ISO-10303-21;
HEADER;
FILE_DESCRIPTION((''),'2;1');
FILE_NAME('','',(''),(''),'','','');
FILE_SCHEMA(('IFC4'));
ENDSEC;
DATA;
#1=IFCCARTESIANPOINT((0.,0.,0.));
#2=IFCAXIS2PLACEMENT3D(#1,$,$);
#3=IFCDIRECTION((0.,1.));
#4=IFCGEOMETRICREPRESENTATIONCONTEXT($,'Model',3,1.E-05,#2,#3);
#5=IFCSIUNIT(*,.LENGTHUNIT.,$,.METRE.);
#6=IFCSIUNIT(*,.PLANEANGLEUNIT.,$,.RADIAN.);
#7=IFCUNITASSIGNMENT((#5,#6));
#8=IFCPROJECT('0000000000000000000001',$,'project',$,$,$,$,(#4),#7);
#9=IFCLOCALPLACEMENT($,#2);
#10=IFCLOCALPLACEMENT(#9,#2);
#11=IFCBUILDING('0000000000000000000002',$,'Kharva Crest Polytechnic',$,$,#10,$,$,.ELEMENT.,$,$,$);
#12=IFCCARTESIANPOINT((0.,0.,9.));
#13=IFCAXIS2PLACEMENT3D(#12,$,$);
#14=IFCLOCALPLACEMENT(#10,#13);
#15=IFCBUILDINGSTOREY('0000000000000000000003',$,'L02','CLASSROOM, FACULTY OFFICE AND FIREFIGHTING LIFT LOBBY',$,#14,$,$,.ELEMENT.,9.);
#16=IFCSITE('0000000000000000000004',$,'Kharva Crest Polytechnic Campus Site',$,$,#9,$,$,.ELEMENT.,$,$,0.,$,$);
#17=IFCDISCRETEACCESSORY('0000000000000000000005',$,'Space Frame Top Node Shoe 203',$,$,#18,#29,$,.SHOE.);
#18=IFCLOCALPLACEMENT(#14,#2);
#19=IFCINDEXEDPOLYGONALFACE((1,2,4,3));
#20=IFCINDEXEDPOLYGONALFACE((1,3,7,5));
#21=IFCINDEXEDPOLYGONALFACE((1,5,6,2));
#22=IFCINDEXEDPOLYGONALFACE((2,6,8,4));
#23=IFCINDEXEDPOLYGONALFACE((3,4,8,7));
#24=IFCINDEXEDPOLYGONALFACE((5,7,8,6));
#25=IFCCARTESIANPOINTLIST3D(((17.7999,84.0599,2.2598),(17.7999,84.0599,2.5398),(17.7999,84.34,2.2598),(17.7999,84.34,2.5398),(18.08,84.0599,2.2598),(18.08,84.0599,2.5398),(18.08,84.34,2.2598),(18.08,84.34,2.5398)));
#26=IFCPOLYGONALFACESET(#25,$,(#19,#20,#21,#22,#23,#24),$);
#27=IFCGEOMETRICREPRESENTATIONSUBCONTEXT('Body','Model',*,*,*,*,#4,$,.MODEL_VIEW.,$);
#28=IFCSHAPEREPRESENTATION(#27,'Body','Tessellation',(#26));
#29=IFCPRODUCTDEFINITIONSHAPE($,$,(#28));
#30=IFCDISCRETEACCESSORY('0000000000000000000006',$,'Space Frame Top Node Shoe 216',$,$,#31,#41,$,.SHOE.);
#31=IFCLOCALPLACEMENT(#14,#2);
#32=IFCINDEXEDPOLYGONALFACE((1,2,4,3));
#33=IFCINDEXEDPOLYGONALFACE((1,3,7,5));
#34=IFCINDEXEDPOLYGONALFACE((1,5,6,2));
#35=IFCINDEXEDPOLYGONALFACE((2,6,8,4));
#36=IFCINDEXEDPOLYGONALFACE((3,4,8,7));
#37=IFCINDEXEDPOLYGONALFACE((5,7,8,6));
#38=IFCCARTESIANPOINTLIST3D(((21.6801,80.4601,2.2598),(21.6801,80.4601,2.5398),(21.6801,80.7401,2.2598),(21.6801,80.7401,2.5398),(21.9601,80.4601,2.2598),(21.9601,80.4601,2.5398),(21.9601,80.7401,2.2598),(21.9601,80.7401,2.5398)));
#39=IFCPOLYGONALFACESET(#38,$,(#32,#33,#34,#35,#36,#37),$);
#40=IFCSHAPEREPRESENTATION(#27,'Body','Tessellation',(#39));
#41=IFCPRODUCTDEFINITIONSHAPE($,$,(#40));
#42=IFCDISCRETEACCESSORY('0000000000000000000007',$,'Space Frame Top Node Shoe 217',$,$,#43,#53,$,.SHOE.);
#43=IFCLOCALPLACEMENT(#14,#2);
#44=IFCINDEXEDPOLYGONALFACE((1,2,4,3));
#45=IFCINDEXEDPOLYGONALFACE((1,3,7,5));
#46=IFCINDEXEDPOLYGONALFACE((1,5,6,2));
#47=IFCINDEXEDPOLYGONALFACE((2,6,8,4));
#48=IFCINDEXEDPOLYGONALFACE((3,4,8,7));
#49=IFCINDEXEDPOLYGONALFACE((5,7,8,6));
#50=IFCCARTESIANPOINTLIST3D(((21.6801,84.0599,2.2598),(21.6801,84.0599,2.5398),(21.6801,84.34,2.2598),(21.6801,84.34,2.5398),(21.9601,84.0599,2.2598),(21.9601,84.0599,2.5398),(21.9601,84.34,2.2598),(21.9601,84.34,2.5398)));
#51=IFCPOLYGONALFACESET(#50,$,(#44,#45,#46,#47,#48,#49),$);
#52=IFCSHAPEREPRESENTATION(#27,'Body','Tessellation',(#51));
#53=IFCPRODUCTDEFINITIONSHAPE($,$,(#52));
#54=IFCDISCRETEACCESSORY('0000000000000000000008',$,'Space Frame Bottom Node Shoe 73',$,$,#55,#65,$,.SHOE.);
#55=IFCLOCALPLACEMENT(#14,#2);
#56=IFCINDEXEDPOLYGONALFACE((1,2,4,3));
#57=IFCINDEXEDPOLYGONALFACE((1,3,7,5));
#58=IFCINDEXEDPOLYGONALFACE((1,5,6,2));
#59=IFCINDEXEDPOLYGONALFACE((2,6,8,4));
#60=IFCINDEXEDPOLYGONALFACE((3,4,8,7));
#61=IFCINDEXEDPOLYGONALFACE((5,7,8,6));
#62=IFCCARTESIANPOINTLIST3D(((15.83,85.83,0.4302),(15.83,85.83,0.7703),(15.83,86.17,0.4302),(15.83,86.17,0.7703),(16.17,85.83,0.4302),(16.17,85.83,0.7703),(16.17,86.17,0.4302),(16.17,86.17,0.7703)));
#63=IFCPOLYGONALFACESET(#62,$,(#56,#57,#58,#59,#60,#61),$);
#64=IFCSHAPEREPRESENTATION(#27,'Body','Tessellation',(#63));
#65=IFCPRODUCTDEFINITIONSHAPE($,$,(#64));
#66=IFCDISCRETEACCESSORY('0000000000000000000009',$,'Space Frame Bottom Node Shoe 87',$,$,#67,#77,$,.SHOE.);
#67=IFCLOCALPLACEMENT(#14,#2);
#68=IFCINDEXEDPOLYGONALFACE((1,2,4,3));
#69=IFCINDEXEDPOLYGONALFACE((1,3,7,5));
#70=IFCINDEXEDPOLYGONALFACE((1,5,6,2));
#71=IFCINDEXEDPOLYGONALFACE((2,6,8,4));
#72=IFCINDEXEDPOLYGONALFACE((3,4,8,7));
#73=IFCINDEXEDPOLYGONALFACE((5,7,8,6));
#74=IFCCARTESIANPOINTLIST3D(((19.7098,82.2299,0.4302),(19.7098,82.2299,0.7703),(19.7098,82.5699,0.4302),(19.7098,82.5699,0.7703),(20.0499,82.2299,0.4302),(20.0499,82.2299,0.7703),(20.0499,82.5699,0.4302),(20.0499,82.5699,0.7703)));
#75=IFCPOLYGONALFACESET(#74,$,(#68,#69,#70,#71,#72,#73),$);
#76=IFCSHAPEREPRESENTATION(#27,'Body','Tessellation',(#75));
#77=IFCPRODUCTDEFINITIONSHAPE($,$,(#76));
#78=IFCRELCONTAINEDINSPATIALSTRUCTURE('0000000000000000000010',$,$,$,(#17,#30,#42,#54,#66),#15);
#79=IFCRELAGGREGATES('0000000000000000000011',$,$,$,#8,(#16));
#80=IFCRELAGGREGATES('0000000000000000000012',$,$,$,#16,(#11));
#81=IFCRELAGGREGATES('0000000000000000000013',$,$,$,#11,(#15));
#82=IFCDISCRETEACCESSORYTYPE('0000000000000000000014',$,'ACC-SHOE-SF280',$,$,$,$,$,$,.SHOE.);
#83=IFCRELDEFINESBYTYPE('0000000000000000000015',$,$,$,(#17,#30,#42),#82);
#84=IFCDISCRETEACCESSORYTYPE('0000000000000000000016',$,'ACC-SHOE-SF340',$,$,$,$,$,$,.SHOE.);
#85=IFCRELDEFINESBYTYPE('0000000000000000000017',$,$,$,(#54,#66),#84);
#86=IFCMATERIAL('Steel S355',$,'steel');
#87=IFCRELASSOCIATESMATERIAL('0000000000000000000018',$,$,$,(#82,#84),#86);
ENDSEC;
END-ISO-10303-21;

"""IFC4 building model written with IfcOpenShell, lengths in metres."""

from ifc_helpers import new_model, si_unit, direction, frame, origin, origin_2d, place, context, subcontext, project, spatial, rectangle, extrude, material, type_object, element, save


model = new_model("IFC4")

# Units and contexts
model_context = context("Model", 3, precision=1e-05, world=origin(), true_north=direction((0.0, 1.0)))
body_context = subcontext(model_context, "Body", "Model", "MODEL_VIEW")
ifc_project = project(units=[si_unit("LENGTHUNIT", "METRE"), si_unit("PLANEANGLEUNIT", "RADIAN")], contexts=[model_context])

# Site, building, storey
site_placement = place(None, origin())
site = spatial("IfcSite", under=ifc_project, at=site_placement, Name="Kharva Crest Polytechnic Campus Site", CompositionType="ELEMENT", RefElevation=0.0)
building_placement = place(site_placement, origin())
building = spatial("IfcBuilding", under=site, at=building_placement, Name="Kharva Crest Polytechnic", CompositionType="ELEMENT")
storey_placement = place(building_placement, frame((0.0, 0.0, 9.0)))
storey = spatial("IfcBuildingStorey", under=building, at=storey_placement, Name="L02", Description="CLASSROOM, FACULTY OFFICE AND FIREFIGHTING LIFT LOBBY", CompositionType="ELEMENT", Elevation=9.0)

# Shared definitions
ifc_material_1 = material(Name="Steel S355", Category="steel")

# Discrete accessories
discrete_accessory_type_1 = type_object("IfcDiscreteAccessoryType", Name="ACC-SHOE-SF280", PredefinedType="SHOE", material=ifc_material_1)
for number, where, z_axis, x_axis, name in (
    (1, (17.9399, 84.2, 2.2598), (0.0, 0.0, 1.0), (1.0, 0.0, 0.0), "Space Frame Top Node Shoe 203"),
    (2, (21.8201, 80.6001, 2.2598), (0.0, 0.0, 1.0), (1.0, 0.0, 0.0), "Space Frame Top Node Shoe 216"),
    (3, (21.8201, 84.2, 2.2598), (0.0, 0.0, 1.0), (1.0, 0.0, 0.0), "Space Frame Top Node Shoe 217"),
):
    element("IfcDiscreteAccessory", number, at=place(storey_placement, frame(where, z_axis=z_axis, x_axis=x_axis)), inside=storey, type_object=discrete_accessory_type_1, Name=name, PredefinedType="SHOE", context=body_context, shape_type="SweptSolid", body=[
        extrude(rectangle(XDim=0.28, YDim=0.28, at=origin_2d()), origin(), (0.0, 0.0, 1.0), 0.28),
    ])
discrete_accessory_type_2 = type_object("IfcDiscreteAccessoryType", Name="ACC-SHOE-SF340", PredefinedType="SHOE", material=ifc_material_1)
for number, where, z_axis, x_axis, name in (
    (4, (16.0, 86.0, 0.4302), (0.0, 0.0, 1.0), (1.0, 0.0, 0.0), "Space Frame Bottom Node Shoe 73"),
    (5, (19.8799, 82.3999, 0.4302), (0.0, 0.0, 1.0), (1.0, 0.0, 0.0), "Space Frame Bottom Node Shoe 87"),
):
    element("IfcDiscreteAccessory", number, at=place(storey_placement, frame(where, z_axis=z_axis, x_axis=x_axis)), inside=storey, type_object=discrete_accessory_type_2, Name=name, PredefinedType="SHOE", context=body_context, shape_type="SweptSolid", body=[
        extrude(rectangle(XDim=0.3401, YDim=0.3401, at=origin_2d()), origin(), (0.0, 0.0, 1.0), 0.3401),
    ])

save(model, "model.ifc")
